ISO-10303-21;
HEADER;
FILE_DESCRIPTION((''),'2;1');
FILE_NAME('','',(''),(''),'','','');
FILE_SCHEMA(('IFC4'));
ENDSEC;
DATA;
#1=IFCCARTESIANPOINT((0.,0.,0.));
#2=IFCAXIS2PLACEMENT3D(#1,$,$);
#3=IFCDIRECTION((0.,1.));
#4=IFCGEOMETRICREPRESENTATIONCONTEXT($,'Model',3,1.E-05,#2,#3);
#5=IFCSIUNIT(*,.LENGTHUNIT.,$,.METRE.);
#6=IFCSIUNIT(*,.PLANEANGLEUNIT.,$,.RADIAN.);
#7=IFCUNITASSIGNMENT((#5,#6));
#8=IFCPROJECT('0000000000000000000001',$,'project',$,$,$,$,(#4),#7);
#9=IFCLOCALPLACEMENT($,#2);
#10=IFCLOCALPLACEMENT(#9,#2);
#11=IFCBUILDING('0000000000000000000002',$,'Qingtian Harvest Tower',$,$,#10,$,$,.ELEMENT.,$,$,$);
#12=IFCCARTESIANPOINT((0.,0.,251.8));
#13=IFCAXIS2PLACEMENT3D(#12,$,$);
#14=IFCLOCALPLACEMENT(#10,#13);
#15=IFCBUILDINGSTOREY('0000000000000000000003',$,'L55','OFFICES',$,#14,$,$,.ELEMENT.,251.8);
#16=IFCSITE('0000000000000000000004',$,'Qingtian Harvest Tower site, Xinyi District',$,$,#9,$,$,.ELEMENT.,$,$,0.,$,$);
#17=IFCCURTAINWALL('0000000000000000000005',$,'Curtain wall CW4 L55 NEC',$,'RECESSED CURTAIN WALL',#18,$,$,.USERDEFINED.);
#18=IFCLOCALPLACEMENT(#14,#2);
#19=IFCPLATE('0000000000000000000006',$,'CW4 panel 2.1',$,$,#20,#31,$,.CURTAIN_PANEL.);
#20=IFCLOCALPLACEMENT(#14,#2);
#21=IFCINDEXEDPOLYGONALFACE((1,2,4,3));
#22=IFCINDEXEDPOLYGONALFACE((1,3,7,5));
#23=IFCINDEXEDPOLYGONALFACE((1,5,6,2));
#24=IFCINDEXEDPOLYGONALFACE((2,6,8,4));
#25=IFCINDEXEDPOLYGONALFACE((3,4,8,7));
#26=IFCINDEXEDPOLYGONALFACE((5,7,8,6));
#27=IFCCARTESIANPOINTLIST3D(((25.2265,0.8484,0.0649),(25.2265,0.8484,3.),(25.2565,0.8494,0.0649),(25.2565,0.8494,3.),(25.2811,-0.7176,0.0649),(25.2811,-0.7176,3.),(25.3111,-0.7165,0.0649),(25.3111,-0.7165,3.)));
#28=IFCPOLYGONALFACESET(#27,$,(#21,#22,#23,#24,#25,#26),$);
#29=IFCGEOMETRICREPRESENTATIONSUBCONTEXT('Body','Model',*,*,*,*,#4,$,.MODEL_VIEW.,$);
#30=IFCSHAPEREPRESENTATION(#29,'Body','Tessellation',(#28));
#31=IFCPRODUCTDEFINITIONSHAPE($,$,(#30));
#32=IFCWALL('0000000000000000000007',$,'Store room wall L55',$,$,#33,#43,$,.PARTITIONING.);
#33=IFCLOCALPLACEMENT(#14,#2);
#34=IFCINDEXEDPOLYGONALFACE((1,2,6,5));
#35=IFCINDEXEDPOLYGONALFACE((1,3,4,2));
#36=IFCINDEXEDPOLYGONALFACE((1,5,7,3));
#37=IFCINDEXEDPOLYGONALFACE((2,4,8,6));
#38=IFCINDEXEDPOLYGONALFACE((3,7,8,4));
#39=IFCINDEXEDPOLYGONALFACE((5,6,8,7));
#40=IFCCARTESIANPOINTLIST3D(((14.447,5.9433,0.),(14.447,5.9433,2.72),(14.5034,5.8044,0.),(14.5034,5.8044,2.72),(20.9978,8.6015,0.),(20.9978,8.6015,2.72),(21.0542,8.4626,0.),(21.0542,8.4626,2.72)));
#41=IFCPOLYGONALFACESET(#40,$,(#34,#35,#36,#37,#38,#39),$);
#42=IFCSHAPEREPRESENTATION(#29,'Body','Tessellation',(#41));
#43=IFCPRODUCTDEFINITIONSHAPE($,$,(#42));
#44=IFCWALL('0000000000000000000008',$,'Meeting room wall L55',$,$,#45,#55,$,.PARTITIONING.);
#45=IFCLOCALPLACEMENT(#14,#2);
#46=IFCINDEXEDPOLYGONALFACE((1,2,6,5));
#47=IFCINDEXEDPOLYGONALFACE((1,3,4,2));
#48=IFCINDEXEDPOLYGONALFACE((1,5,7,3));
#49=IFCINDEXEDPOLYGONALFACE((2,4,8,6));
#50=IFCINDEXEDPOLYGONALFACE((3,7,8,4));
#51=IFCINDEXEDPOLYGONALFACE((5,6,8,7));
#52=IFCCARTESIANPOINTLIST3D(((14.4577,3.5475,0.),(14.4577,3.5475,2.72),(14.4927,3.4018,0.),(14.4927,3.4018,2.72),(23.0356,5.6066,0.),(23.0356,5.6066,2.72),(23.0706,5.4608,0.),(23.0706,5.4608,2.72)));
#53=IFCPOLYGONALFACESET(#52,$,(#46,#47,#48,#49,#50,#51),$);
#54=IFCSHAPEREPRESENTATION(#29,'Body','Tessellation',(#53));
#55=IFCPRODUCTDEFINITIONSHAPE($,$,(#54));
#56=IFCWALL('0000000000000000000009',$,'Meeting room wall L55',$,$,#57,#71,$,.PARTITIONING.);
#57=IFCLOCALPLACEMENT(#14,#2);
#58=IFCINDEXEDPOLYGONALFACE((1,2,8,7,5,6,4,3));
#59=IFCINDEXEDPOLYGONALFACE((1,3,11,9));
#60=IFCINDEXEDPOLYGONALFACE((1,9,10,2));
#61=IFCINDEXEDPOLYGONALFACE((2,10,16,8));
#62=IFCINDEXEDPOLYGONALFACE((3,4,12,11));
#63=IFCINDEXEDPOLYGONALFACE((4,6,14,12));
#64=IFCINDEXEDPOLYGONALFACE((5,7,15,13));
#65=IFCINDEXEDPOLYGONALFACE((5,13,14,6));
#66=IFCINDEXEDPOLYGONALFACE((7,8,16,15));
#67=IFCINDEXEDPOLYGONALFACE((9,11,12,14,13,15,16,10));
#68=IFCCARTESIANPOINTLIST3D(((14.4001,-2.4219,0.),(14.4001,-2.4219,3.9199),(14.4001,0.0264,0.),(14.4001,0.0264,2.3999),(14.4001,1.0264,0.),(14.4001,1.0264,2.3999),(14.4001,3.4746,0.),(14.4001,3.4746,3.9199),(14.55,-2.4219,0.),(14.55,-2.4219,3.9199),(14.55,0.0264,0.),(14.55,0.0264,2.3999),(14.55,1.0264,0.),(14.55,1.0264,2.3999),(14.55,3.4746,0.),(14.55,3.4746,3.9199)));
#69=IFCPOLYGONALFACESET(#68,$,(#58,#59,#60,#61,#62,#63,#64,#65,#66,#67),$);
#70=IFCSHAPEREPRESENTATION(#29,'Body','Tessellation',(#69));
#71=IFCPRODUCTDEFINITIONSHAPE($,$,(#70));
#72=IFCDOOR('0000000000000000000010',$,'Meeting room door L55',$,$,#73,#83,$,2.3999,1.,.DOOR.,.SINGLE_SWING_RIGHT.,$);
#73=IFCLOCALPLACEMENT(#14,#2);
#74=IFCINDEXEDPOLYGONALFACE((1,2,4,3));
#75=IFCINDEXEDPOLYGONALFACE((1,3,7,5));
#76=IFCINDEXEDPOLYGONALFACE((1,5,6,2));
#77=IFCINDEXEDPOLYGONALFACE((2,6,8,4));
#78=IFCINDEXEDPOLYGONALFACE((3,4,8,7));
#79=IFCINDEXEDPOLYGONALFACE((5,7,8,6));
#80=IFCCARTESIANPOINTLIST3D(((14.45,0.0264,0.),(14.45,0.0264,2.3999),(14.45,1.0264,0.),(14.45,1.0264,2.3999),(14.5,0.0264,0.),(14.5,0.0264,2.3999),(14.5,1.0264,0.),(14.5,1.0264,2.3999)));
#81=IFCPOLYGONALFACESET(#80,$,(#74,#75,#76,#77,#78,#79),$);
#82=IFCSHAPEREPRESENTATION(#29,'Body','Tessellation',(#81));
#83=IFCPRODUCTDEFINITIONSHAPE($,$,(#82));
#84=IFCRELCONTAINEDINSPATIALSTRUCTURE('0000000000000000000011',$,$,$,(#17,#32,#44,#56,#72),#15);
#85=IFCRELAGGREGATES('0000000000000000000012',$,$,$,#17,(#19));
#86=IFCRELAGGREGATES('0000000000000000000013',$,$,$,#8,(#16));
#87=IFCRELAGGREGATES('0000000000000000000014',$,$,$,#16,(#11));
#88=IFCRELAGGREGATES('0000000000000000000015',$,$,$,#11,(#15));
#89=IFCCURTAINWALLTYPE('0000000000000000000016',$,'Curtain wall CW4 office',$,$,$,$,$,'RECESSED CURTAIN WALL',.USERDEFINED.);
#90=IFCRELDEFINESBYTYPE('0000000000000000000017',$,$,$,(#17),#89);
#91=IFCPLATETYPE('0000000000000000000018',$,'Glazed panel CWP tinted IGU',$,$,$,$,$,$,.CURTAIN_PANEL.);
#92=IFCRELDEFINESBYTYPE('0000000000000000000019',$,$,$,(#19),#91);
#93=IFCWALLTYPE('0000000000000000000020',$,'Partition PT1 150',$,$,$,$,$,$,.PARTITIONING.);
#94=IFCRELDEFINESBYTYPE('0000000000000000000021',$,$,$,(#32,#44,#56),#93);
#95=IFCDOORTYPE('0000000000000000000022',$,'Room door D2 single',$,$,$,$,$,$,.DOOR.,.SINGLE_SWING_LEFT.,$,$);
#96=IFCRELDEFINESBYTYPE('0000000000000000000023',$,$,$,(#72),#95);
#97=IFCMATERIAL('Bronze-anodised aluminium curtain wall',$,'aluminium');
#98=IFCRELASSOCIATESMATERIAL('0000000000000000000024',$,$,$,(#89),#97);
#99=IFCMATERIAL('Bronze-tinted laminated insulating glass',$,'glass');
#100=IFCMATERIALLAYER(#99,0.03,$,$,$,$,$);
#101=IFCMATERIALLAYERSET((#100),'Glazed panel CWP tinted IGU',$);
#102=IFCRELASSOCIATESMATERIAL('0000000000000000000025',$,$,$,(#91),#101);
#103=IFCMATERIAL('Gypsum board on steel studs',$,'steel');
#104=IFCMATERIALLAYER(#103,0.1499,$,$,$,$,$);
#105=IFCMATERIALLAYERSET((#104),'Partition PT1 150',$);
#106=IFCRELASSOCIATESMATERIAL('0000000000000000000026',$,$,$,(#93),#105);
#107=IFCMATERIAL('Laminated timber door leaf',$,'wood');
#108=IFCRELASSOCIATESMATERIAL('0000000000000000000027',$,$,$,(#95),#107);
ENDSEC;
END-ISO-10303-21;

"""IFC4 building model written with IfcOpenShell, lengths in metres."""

from ifc_helpers import new_model, si_unit, direction, frame, frame_2d, origin, origin_2d, place, context, subcontext, project, spatial, rectangle, extrude, material, layer, layer_set, type_object, element, fill, aggregate, save


model = new_model("IFC4")

# Units and contexts
model_context = context("Model", 3, precision=1e-05, world=origin(), true_north=direction((0.0, 1.0)))
body_context = subcontext(model_context, "Body", "Model", "MODEL_VIEW")
ifc_project = project(units=[si_unit("LENGTHUNIT", "METRE"), si_unit("PLANEANGLEUNIT", "RADIAN")], contexts=[model_context])

# Site, building, storey
site_placement = place(None, origin())
site = spatial("IfcSite", under=ifc_project, at=site_placement, Name="Qingtian Harvest Tower site, Xinyi District", CompositionType="ELEMENT", RefElevation=0.0)
building_placement = place(site_placement, origin())
building = spatial("IfcBuilding", under=site, at=building_placement, Name="Qingtian Harvest Tower", CompositionType="ELEMENT")
storey_placement = place(building_placement, frame((0.0, 0.0, 251.8)))
storey = spatial("IfcBuildingStorey", under=building, at=storey_placement, Name="L55", Description="OFFICES", CompositionType="ELEMENT", Elevation=251.8)

# Curtain wall
ifc_material_1 = material(Name="Bronze-anodised aluminium curtain wall", Category="aluminium")
curtain_wall_type = type_object("IfcCurtainWallType", Name="Curtain wall CW4 office", ElementType="RECESSED CURTAIN WALL", PredefinedType="USERDEFINED", material=ifc_material_1)
curtain_wall_1_placement = place(storey_placement, origin())
curtain_wall_1 = element("IfcCurtainWall", 1, at=curtain_wall_1_placement, inside=storey, type_object=curtain_wall_type, Name="Curtain wall CW4 L55 NEC", ObjectType="RECESSED CURTAIN WALL", PredefinedType="USERDEFINED")

# Plate
ifc_material_2 = material(Name="Bronze-tinted laminated insulating glass", Category="glass")
ifc_layer_1 = layer(ifc_material_2, 0.03)
ifc_layer_set_1 = layer_set([ifc_layer_1], Name="Glazed panel CWP tinted IGU")
plate_type = type_object("IfcPlateType", Name="Glazed panel CWP tinted IGU", PredefinedType="CURTAIN_PANEL", material=ifc_layer_set_1)
plate_1_placement = place(storey_placement, frame((25.2688, 0.0659, 0.0649), z_axis=(0.0, 0.0, 1.0), x_axis=(0.034899, -0.999391, 0.0)))
plate_1 = element("IfcPlate", 2, at=plate_1_placement, type_object=plate_type, Name="CW4 panel 2.1", PredefinedType="CURTAIN_PANEL", context=body_context, shape_type="SweptSolid", body=[
    extrude(rectangle(XDim=1.5669, YDim=0.03, at=origin_2d()), origin(), (0.0, 0.0, 1.0), 2.9351),
])
aggregate(curtain_wall_1, [plate_1])

# Shared definitions
ifc_material_3 = material(Name="Gypsum board on steel studs", Category="steel")
ifc_layer_2 = layer(ifc_material_3, 0.1499)
ifc_layer_set_2 = layer_set([ifc_layer_2], Name="Partition PT1 150")
wall_type = type_object("IfcWallType", Name="Partition PT1 150", PredefinedType="PARTITIONING", material=ifc_layer_set_2)
ifc_material_4 = material(Name="Laminated timber door leaf", Category="wood")
door_type = type_object("IfcDoorType", Name="Room door D2 single", OperationType="SINGLE_SWING_LEFT", PredefinedType="DOOR", material=ifc_material_4)

# Wall
wall_1_placement = place(storey_placement, frame((21.0259, 8.532, 0.0), z_axis=(0.0, 0.0, 1.0), x_axis=(-0.926617, -0.376006, 0.0)))
element("IfcWall", 3, at=wall_1_placement, inside=storey, type_object=wall_type, Name="Store room wall L55", PredefinedType="PARTITIONING", context=body_context, shape_type="SweptSolid", body=[
    extrude(rectangle(XDim=7.0696, YDim=0.1499, at=frame_2d((3.5347, 0.0))), origin(), (0.0, 0.0, 1.0), 2.72),
])

# Wall
wall_2_placement = place(storey_placement, frame((23.053, 5.5337, 0.0), z_axis=(0.0, 0.0, 1.0), x_axis=(-0.972377, -0.233415, 0.0)))
element("IfcWall", 4, at=wall_2_placement, inside=storey, type_object=wall_type, Name="Meeting room wall L55", PredefinedType="PARTITIONING", context=body_context, shape_type="SweptSolid", body=[
    extrude(rectangle(XDim=8.8215, YDim=0.1499, at=frame_2d((4.4106, 0.0))), origin(), (0.0, 0.0, 1.0), 2.72),
])

# Wall, opening, door
wall_3_placement = place(storey_placement, frame((14.4751, 3.4746, 0.0), z_axis=(0.0, 0.0, 1.0), x_axis=(0.0, -1.0, 0.0)))
wall_3 = element("IfcWall", 5, at=wall_3_placement, inside=storey, type_object=wall_type, Name="Meeting room wall L55", PredefinedType="PARTITIONING", context=body_context, shape_type="SweptSolid", body=[
    extrude(rectangle(XDim=5.8965, YDim=0.1499, at=frame_2d((2.9482, 0.0))), origin(), (0.0, 0.0, 1.0), 3.9199),
])
opening_1_placement = place(wall_3_placement, frame((2.4482, 0.0, 0.0)))
opening_1 = element("IfcOpeningElement", 6, at=opening_1_placement, cuts=wall_3, PredefinedType="OPENING", context=body_context, shape_type="SweptSolid", body=[
    extrude(rectangle(XDim=1.0, YDim=2.3999, at=frame_2d((0.5, 1.2))), frame((0.0, 0.085, 0.0), z_axis=(0.0, -1.0, 0.0), x_axis=(1.0, 0.0, 0.0)), (0.0, 0.0, 1.0), 0.1699),
])
door_1_placement = place(opening_1_placement, origin())
door_1 = element("IfcDoor", 7, at=door_1_placement, inside=storey, type_object=door_type, Name="Meeting room door L55", OperationType="SINGLE_SWING_RIGHT", OverallHeight=2.3999, OverallWidth=1.0, PredefinedType="DOOR", context=body_context, shape_type="SweptSolid", body=[
    extrude(rectangle(XDim=1.0, YDim=2.3999, at=frame_2d((0.5, 1.2))), frame((0.0, 0.0249, 0.0), z_axis=(0.0, -1.0, 0.0), x_axis=(1.0, 0.0, 0.0)), (0.0, 0.0, 1.0), 0.05),
])
fill(opening_1, door_1)

save(model, "model.ifc")
